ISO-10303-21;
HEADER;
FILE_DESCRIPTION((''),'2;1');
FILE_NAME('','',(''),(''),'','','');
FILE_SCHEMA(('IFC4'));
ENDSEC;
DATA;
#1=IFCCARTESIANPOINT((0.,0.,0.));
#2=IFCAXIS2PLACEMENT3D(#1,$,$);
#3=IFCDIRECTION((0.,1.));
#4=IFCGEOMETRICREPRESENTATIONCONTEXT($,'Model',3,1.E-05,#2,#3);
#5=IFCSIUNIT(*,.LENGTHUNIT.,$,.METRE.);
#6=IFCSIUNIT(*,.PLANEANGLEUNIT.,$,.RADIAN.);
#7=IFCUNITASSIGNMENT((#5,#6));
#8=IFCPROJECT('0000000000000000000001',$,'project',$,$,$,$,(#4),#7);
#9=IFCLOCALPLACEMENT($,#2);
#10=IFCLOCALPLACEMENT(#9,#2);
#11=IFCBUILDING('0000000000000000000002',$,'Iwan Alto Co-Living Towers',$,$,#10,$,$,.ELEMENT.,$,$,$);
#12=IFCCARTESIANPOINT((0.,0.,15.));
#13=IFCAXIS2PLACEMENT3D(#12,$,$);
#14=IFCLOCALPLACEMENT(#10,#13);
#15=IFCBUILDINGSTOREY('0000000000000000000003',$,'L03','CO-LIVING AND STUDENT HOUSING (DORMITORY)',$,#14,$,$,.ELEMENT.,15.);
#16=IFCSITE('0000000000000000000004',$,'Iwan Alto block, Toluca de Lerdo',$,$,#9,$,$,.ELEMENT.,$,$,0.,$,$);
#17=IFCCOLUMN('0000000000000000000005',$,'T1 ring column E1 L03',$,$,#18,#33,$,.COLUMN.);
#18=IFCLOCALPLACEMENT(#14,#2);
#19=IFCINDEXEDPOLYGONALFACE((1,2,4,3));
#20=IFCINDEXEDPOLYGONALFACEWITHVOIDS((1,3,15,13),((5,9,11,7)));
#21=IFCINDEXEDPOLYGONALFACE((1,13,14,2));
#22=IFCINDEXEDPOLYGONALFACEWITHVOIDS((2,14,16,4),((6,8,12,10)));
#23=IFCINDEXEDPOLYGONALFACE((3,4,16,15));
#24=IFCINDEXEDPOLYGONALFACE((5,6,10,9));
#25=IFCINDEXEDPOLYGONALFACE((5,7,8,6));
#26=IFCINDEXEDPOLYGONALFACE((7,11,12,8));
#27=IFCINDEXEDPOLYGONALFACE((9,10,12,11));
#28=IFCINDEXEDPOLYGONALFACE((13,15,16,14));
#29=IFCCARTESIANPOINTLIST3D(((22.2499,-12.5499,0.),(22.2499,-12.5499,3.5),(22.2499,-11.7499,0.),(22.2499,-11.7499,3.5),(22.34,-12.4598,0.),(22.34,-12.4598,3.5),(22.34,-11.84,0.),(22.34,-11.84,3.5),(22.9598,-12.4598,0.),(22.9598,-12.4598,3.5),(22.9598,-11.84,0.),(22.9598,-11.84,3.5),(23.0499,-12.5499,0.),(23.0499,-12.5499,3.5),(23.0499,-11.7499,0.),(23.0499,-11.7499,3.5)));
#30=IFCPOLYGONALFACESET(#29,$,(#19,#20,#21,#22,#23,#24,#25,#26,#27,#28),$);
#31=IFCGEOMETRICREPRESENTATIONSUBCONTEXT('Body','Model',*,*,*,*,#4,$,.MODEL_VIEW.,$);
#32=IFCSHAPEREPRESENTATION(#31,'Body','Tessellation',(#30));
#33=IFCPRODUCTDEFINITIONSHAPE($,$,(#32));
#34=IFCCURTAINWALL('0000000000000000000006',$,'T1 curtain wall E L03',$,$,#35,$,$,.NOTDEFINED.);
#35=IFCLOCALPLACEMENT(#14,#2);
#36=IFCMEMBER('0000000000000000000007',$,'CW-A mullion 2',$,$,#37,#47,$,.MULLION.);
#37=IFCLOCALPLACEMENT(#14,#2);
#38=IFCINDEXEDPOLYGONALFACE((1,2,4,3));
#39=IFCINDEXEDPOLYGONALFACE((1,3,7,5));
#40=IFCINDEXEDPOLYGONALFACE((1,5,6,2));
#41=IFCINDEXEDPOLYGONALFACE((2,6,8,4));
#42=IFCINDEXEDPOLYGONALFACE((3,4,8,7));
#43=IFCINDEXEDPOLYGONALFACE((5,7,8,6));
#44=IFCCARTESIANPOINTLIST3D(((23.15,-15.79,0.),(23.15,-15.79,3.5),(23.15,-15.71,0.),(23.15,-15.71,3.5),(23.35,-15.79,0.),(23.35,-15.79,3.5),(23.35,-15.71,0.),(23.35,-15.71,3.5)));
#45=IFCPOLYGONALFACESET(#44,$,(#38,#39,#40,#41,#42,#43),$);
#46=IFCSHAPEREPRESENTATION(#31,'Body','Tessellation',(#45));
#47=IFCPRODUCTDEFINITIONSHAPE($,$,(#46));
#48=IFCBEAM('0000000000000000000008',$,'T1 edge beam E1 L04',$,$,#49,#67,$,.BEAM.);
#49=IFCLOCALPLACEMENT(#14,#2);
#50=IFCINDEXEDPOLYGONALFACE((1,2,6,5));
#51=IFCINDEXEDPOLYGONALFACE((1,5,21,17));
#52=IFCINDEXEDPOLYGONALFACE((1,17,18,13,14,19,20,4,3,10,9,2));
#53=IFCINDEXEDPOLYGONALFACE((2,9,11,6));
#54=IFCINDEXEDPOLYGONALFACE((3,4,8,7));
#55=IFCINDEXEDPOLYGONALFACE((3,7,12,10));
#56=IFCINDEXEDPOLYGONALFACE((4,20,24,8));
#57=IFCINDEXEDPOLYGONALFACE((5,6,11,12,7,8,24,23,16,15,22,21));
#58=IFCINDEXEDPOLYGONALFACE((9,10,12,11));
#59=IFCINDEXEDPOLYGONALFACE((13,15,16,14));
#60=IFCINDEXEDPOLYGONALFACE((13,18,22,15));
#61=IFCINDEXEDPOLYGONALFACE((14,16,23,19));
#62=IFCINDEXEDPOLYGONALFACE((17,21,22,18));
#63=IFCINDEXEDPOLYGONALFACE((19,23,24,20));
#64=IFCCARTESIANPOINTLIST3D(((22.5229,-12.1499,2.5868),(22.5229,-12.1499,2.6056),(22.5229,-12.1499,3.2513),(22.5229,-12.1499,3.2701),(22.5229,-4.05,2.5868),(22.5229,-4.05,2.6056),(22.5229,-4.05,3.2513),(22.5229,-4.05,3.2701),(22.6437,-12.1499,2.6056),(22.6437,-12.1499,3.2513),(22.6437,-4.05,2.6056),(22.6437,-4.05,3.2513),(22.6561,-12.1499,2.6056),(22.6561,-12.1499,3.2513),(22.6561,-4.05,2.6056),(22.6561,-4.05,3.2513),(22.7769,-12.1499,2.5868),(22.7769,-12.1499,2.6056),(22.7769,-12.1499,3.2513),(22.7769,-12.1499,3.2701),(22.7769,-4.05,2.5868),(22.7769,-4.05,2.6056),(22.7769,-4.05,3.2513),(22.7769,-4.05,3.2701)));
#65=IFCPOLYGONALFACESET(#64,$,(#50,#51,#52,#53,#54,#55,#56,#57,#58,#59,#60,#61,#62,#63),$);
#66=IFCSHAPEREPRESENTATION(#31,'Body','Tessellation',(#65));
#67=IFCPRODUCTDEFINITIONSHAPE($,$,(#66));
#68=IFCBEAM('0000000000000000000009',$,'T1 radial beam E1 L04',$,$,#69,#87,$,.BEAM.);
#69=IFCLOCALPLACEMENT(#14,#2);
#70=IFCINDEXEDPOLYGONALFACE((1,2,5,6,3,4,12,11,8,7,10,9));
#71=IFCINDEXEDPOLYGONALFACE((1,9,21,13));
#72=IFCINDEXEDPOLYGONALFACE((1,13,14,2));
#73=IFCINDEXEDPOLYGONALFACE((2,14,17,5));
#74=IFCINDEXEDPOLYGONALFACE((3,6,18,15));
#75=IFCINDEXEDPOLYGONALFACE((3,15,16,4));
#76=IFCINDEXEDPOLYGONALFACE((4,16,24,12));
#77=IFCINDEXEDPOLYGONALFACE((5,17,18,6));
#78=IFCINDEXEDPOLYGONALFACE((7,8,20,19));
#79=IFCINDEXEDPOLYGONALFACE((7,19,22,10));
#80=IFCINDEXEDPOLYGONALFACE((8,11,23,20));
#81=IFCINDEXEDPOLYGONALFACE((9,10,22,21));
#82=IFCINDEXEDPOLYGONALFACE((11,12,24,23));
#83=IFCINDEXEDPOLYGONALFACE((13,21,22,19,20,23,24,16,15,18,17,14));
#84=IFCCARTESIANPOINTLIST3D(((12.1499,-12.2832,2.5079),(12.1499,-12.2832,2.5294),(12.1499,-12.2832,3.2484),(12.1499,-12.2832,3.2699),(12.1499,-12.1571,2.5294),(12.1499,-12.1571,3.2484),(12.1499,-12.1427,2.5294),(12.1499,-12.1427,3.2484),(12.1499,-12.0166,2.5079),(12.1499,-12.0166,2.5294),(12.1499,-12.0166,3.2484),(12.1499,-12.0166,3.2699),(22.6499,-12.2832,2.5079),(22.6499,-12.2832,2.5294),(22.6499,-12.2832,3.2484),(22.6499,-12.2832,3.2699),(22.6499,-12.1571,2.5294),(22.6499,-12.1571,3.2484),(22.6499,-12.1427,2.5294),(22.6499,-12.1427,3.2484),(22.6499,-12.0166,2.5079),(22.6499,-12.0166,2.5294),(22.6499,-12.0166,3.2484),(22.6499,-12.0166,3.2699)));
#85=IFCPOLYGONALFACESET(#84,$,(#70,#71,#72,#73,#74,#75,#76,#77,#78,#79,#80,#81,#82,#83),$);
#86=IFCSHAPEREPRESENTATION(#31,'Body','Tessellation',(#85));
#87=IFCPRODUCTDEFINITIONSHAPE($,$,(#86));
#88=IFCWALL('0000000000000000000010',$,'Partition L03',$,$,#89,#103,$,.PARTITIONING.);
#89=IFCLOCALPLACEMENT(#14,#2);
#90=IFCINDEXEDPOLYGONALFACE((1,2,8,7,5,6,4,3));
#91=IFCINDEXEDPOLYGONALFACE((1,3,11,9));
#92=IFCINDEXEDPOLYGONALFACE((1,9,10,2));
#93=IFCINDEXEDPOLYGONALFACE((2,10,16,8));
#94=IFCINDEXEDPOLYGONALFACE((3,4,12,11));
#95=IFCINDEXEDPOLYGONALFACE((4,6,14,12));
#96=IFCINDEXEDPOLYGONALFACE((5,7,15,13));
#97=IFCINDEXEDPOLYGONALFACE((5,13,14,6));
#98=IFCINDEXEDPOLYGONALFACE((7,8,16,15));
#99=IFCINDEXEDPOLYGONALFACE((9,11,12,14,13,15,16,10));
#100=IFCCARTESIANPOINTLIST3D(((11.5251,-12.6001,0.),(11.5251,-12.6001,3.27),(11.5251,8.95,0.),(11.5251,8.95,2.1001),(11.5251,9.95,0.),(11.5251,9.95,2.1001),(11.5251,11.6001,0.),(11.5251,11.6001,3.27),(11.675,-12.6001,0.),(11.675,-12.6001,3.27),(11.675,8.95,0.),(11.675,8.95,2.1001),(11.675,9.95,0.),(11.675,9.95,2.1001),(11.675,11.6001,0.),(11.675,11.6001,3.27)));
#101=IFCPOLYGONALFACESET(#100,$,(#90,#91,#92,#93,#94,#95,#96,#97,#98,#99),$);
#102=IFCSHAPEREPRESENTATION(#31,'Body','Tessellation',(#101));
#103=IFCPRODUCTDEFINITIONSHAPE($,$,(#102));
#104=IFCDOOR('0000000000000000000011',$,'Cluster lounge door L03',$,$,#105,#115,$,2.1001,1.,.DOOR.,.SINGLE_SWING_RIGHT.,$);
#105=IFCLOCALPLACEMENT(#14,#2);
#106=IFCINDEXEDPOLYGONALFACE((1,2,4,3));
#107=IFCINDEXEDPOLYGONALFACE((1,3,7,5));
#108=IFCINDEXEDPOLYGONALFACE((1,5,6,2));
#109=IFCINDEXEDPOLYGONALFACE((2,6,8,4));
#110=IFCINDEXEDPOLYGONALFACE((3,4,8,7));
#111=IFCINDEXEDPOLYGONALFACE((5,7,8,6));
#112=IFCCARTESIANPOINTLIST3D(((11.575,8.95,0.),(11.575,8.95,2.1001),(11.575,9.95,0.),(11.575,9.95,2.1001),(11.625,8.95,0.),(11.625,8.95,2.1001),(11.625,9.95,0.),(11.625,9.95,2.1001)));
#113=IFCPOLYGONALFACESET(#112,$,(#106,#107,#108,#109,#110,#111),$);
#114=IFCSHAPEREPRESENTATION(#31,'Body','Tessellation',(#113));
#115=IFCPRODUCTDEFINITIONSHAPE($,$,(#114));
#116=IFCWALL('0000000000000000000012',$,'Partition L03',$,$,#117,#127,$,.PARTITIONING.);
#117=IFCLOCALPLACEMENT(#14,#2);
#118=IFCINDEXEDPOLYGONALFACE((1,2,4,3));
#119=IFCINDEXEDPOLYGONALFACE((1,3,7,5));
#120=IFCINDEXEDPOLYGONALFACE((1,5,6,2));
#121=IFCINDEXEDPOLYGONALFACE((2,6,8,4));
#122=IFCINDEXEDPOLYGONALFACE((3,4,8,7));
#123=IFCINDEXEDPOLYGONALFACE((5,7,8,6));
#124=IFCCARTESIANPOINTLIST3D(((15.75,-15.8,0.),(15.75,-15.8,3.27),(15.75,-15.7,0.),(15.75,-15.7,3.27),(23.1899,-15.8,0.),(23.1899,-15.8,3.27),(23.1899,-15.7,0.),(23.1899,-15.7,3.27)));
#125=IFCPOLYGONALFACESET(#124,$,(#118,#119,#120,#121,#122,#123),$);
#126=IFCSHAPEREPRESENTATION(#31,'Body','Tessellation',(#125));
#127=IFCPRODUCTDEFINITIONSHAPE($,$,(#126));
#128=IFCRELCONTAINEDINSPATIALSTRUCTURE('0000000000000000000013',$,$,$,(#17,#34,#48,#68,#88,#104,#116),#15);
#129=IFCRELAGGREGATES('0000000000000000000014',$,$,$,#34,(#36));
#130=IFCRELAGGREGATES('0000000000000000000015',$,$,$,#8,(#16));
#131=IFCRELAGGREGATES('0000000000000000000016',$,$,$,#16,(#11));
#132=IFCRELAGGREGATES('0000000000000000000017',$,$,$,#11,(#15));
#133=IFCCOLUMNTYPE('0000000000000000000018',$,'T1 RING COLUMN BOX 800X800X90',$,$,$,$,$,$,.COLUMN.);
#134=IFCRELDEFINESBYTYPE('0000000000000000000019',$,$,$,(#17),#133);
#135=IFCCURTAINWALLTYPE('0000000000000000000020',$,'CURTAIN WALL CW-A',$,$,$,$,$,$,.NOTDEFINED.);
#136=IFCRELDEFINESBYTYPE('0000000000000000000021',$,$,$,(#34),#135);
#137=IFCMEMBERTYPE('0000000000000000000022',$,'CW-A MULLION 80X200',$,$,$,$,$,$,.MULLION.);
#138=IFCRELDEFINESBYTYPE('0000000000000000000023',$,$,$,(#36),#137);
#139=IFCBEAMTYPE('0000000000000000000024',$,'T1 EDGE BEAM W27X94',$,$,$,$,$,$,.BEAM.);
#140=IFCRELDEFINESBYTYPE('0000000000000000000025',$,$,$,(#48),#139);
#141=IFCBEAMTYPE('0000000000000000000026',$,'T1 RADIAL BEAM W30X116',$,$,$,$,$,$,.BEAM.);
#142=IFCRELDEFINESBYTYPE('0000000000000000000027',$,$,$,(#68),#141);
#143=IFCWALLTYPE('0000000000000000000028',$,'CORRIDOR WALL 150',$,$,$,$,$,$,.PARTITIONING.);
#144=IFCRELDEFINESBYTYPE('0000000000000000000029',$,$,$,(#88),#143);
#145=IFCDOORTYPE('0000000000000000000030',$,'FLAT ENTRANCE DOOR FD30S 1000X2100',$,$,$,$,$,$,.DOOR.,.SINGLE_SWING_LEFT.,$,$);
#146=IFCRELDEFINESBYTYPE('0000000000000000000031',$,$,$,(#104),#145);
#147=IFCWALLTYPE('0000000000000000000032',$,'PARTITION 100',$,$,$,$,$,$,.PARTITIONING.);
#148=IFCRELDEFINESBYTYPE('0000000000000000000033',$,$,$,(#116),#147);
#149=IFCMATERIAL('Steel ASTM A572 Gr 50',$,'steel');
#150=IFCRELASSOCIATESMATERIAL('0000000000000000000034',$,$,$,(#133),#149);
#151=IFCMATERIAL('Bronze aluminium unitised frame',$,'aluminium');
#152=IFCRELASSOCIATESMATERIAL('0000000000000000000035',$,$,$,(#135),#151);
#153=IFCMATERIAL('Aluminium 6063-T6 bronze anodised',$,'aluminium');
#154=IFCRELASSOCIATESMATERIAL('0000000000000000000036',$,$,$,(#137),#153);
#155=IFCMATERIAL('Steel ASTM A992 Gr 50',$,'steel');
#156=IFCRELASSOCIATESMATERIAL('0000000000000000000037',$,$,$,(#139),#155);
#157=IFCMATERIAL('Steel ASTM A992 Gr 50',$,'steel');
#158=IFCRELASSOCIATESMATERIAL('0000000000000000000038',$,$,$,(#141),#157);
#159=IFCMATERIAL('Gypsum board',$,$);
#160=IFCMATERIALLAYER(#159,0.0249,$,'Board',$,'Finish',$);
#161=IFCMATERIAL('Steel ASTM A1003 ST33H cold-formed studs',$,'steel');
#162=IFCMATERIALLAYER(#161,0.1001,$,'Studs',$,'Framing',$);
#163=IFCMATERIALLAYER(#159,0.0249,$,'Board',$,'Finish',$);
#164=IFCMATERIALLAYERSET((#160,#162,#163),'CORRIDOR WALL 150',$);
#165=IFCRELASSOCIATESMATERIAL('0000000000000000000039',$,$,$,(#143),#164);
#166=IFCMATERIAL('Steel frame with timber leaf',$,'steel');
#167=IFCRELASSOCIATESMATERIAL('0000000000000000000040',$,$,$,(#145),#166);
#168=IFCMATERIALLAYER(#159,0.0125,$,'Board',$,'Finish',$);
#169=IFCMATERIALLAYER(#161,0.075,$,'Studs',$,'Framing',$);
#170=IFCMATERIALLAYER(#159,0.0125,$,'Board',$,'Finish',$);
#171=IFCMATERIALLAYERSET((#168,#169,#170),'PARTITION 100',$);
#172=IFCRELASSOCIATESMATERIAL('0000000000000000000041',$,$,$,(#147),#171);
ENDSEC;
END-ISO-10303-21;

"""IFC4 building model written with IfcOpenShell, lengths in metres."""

from ifc_helpers import new_model, si_unit, direction, frame, frame_2d, origin, origin_2d, place, context, subcontext, project, spatial, rectangle, hollow_rectangle, i_section, extrude, material, layer, layer_set, material_profile, profile_set, type_object, element, fill, aggregate, save


model = new_model("IFC4")

# Units and contexts
model_context = context("Model", 3, precision=1e-05, world=origin(), true_north=direction((0.0, 1.0)))
body_context = subcontext(model_context, "Body", "Model", "MODEL_VIEW")
ifc_project = project(units=[si_unit("LENGTHUNIT", "METRE"), si_unit("PLANEANGLEUNIT", "RADIAN")], contexts=[model_context])

# Site, building, storey
site_placement = place(None, origin())
site = spatial("IfcSite", under=ifc_project, at=site_placement, Name="Iwan Alto block, Toluca de Lerdo", CompositionType="ELEMENT", RefElevation=0.0)
building_placement = place(site_placement, origin())
building = spatial("IfcBuilding", under=site, at=building_placement, Name="Iwan Alto Co-Living Towers", CompositionType="ELEMENT")
storey_placement = place(building_placement, frame((0.0, 0.0, 15.0)))
storey = spatial("IfcBuildingStorey", under=building, at=storey_placement, Name="L03", Description="CO-LIVING AND STUDENT HOUSING (DORMITORY)", CompositionType="ELEMENT", Elevation=15.0)

# Column
ifc_material_1 = material(Name="Steel ASTM A572 Gr 50", Category="steel")
ifc_material_profile_1 = material_profile(ifc_material_1, hollow_rectangle(XDim=0.8, YDim=0.8, WallThickness=0.0901, at=origin_2d()), Name="BOX 800X800X90")
ifc_profile_set_1 = profile_set([ifc_material_profile_1], Name="Steel ASTM A572 Gr 50")
column_type = type_object("IfcColumnType", Name="T1 RING COLUMN BOX 800X800X90", PredefinedType="COLUMN", material=ifc_profile_set_1)
column_placement = place(storey_placement, frame((22.6499, -12.1499, 0.0), z_axis=(0.0, 0.0, 1.0), x_axis=(1.0, 0.0, 0.0)))
element("IfcColumn", 1, at=column_placement, inside=storey, type_object=column_type, Name="T1 ring column E1 L03", PredefinedType="COLUMN", context=body_context, shape_type="SweptSolid", body=[
    extrude(hollow_rectangle(XDim=0.8, YDim=0.8, WallThickness=0.0901, at=origin_2d()), origin(), (0.0, 0.0, 1.0), 3.5),
])

# Curtain wall, member
ifc_material_2 = material(Name="Bronze aluminium unitised frame", Category="aluminium")
curtain_wall_type = type_object("IfcCurtainWallType", Name="CURTAIN WALL CW-A", PredefinedType="NOTDEFINED", material=ifc_material_2)
curtain_wall_placement = place(storey_placement, origin())
curtain_wall = element("IfcCurtainWall", 2, at=curtain_wall_placement, inside=storey, type_object=curtain_wall_type, Name="T1 curtain wall E L03", PredefinedType="NOTDEFINED")
ifc_material_3 = material(Name="Aluminium 6063-T6 bronze anodised", Category="aluminium")
ifc_material_profile_2 = material_profile(ifc_material_3, rectangle(XDim=0.2, YDim=0.0801, at=origin_2d()), Name="AL 80X200")
ifc_profile_set_2 = profile_set([ifc_material_profile_2], Name="Aluminium 6063-T6 bronze anodised")
member_type = type_object("IfcMemberType", Name="CW-A MULLION 80X200", PredefinedType="MULLION", material=ifc_profile_set_2)
member_placement = place(storey_placement, frame((23.25, -15.75, 0.0), z_axis=(0.0, 0.0, 1.0), x_axis=(-1.0, 0.0, 0.0)))
member = element("IfcMember", 3, at=member_placement, type_object=member_type, Name="CW-A mullion 2", PredefinedType="MULLION", context=body_context, shape_type="SweptSolid", body=[
    extrude(rectangle(XDim=0.2, YDim=0.0801, at=origin_2d()), origin(), (0.0, 0.0, 1.0), 3.5),
])
aggregate(curtain_wall, [member])

# Beams
ifc_material_4 = material(Name="Steel ASTM A992 Gr 50", Category="steel")
ifc_material_profile_3 = material_profile(ifc_material_4, i_section(OverallWidth=0.2539, OverallDepth=0.6833, WebThickness=0.0125, FlangeThickness=0.0188, at=origin_2d()), Name="W27X94")
ifc_profile_set_3 = profile_set([ifc_material_profile_3], Name="Steel ASTM A992 Gr 50")
beam_type_1 = type_object("IfcBeamType", Name="T1 EDGE BEAM W27X94", PredefinedType="BEAM", material=ifc_profile_set_3)
beam_1_placement = place(storey_placement, frame((22.6499, -12.1499, 2.9285), z_axis=(0.0, 1.0, 0.0), x_axis=(-1.0, 0.0, 0.0)))
element("IfcBeam", 4, at=beam_1_placement, inside=storey, type_object=beam_type_1, Name="T1 edge beam E1 L04", PredefinedType="BEAM", context=body_context, shape_type="SweptSolid", body=[
    extrude(i_section(OverallWidth=0.2539, OverallDepth=0.6833, WebThickness=0.0125, FlangeThickness=0.0188, at=origin_2d()), origin(), (0.0, 0.0, 1.0), 8.0999),
])
ifc_material_5 = material(Name="Steel ASTM A992 Gr 50", Category="steel")
ifc_material_profile_4 = material_profile(ifc_material_5, i_section(OverallWidth=0.2666, OverallDepth=0.762, WebThickness=0.0144, FlangeThickness=0.0215, at=origin_2d()), Name="W30X116")
ifc_profile_set_4 = profile_set([ifc_material_profile_4], Name="Steel ASTM A992 Gr 50")
beam_type_2 = type_object("IfcBeamType", Name="T1 RADIAL BEAM W30X116", PredefinedType="BEAM", material=ifc_profile_set_4)
beam_2_placement = place(storey_placement, frame((22.6499, -12.1499, 2.8889), z_axis=(-1.0, 0.0, 0.0), x_axis=(0.0, -1.0, 0.0)))
element("IfcBeam", 5, at=beam_2_placement, inside=storey, type_object=beam_type_2, Name="T1 radial beam E1 L04", PredefinedType="BEAM", context=body_context, shape_type="SweptSolid", body=[
    extrude(i_section(OverallWidth=0.2666, OverallDepth=0.762, WebThickness=0.0144, FlangeThickness=0.0215, at=origin_2d()), origin(), (0.0, 0.0, 1.0), 10.5),
])

# Wall, opening, door
ifc_material_6 = material(Name="Gypsum board")
ifc_layer_1 = layer(ifc_material_6, 0.0249, Name="Board", Category="Finish")
ifc_material_7 = material(Name="Steel ASTM A1003 ST33H cold-formed studs", Category="steel")
ifc_layer_2 = layer(ifc_material_7, 0.1001, Name="Studs", Category="Framing")
ifc_layer_3 = layer(ifc_material_6, 0.0249, Name="Board", Category="Finish")
ifc_layer_set_1 = layer_set([ifc_layer_1, ifc_layer_2, ifc_layer_3], Name="CORRIDOR WALL 150")
wall_type_1 = type_object("IfcWallType", Name="CORRIDOR WALL 150", PredefinedType="PARTITIONING", material=ifc_layer_set_1)
wall_1_placement = place(storey_placement, frame((11.6001, -12.6001, 0.0), z_axis=(0.0, 0.0, 1.0), x_axis=(0.0, 1.0, 0.0)))
wall_1 = element("IfcWall", 6, at=wall_1_placement, inside=storey, type_object=wall_type_1, Name="Partition L03", PredefinedType="PARTITIONING", context=body_context, shape_type="SweptSolid", body=[
    extrude(rectangle(XDim=24.2002, YDim=0.1499, at=frame_2d((12.1001, 0.0))), origin(), (0.0, 0.0, 1.0), 3.27),
])
opening_1_placement = place(wall_1_placement, frame((21.55, 0.0, 0.0)))
opening_1 = element("IfcOpeningElement", 7, at=opening_1_placement, cuts=wall_1, PredefinedType="OPENING", context=body_context, shape_type="SweptSolid", body=[
    extrude(rectangle(XDim=1.0, YDim=2.1001, at=frame_2d((0.5, 1.05))), frame((0.0, 0.085, 0.0), z_axis=(0.0, -1.0, 0.0), x_axis=(1.0, 0.0, 0.0)), (0.0, 0.0, 1.0), 0.1699),
])
ifc_material_8 = material(Name="Steel frame with timber leaf", Category="steel")
door_type_1 = type_object("IfcDoorType", Name="FLAT ENTRANCE DOOR FD30S 1000X2100", OperationType="SINGLE_SWING_LEFT", PredefinedType="DOOR", material=ifc_material_8)
door_1_placement = place(opening_1_placement, frame((1.0, 0.0, 0.0), z_axis=(0.0, 0.0, 1.0), x_axis=(-1.0, 0.0, 0.0)))
door_1 = element("IfcDoor", 8, at=door_1_placement, inside=storey, type_object=door_type_1, Name="Cluster lounge door L03", OperationType="SINGLE_SWING_RIGHT", OverallHeight=2.1001, OverallWidth=1.0, PredefinedType="DOOR", context=body_context, shape_type="SweptSolid", body=[
    extrude(rectangle(XDim=1.0, YDim=2.1001, at=frame_2d((0.5, 1.05))), frame((0.0, 0.0249, 0.0), z_axis=(0.0, -1.0, 0.0), x_axis=(1.0, 0.0, 0.0)), (0.0, 0.0, 1.0), 0.05),
])
fill(opening_1, door_1)

# Wall
ifc_layer_4 = layer(ifc_material_6, 0.0125, Name="Board", Category="Finish")
ifc_layer_5 = layer(ifc_material_7, 0.075, Name="Studs", Category="Framing")
ifc_layer_6 = layer(ifc_material_6, 0.0125, Name="Board", Category="Finish")
ifc_layer_set_2 = layer_set([ifc_layer_4, ifc_layer_5, ifc_layer_6], Name="PARTITION 100")
wall_type_2 = type_object("IfcWallType", Name="PARTITION 100", PredefinedType="PARTITIONING", material=ifc_layer_set_2)
wall_2_placement = place(storey_placement, frame((15.75, -15.75, 0.0), z_axis=(0.0, 0.0, 1.0), x_axis=(1.0, 0.0, 0.0)))
element("IfcWall", 9, at=wall_2_placement, inside=storey, type_object=wall_type_2, Name="Partition L03", PredefinedType="PARTITIONING", context=body_context, shape_type="SweptSolid", body=[
    extrude(rectangle(XDim=7.4399, YDim=0.1001, at=frame_2d((3.72, 0.0))), origin(), (0.0, 0.0, 1.0), 3.27),
])

save(model, "model.ifc")
